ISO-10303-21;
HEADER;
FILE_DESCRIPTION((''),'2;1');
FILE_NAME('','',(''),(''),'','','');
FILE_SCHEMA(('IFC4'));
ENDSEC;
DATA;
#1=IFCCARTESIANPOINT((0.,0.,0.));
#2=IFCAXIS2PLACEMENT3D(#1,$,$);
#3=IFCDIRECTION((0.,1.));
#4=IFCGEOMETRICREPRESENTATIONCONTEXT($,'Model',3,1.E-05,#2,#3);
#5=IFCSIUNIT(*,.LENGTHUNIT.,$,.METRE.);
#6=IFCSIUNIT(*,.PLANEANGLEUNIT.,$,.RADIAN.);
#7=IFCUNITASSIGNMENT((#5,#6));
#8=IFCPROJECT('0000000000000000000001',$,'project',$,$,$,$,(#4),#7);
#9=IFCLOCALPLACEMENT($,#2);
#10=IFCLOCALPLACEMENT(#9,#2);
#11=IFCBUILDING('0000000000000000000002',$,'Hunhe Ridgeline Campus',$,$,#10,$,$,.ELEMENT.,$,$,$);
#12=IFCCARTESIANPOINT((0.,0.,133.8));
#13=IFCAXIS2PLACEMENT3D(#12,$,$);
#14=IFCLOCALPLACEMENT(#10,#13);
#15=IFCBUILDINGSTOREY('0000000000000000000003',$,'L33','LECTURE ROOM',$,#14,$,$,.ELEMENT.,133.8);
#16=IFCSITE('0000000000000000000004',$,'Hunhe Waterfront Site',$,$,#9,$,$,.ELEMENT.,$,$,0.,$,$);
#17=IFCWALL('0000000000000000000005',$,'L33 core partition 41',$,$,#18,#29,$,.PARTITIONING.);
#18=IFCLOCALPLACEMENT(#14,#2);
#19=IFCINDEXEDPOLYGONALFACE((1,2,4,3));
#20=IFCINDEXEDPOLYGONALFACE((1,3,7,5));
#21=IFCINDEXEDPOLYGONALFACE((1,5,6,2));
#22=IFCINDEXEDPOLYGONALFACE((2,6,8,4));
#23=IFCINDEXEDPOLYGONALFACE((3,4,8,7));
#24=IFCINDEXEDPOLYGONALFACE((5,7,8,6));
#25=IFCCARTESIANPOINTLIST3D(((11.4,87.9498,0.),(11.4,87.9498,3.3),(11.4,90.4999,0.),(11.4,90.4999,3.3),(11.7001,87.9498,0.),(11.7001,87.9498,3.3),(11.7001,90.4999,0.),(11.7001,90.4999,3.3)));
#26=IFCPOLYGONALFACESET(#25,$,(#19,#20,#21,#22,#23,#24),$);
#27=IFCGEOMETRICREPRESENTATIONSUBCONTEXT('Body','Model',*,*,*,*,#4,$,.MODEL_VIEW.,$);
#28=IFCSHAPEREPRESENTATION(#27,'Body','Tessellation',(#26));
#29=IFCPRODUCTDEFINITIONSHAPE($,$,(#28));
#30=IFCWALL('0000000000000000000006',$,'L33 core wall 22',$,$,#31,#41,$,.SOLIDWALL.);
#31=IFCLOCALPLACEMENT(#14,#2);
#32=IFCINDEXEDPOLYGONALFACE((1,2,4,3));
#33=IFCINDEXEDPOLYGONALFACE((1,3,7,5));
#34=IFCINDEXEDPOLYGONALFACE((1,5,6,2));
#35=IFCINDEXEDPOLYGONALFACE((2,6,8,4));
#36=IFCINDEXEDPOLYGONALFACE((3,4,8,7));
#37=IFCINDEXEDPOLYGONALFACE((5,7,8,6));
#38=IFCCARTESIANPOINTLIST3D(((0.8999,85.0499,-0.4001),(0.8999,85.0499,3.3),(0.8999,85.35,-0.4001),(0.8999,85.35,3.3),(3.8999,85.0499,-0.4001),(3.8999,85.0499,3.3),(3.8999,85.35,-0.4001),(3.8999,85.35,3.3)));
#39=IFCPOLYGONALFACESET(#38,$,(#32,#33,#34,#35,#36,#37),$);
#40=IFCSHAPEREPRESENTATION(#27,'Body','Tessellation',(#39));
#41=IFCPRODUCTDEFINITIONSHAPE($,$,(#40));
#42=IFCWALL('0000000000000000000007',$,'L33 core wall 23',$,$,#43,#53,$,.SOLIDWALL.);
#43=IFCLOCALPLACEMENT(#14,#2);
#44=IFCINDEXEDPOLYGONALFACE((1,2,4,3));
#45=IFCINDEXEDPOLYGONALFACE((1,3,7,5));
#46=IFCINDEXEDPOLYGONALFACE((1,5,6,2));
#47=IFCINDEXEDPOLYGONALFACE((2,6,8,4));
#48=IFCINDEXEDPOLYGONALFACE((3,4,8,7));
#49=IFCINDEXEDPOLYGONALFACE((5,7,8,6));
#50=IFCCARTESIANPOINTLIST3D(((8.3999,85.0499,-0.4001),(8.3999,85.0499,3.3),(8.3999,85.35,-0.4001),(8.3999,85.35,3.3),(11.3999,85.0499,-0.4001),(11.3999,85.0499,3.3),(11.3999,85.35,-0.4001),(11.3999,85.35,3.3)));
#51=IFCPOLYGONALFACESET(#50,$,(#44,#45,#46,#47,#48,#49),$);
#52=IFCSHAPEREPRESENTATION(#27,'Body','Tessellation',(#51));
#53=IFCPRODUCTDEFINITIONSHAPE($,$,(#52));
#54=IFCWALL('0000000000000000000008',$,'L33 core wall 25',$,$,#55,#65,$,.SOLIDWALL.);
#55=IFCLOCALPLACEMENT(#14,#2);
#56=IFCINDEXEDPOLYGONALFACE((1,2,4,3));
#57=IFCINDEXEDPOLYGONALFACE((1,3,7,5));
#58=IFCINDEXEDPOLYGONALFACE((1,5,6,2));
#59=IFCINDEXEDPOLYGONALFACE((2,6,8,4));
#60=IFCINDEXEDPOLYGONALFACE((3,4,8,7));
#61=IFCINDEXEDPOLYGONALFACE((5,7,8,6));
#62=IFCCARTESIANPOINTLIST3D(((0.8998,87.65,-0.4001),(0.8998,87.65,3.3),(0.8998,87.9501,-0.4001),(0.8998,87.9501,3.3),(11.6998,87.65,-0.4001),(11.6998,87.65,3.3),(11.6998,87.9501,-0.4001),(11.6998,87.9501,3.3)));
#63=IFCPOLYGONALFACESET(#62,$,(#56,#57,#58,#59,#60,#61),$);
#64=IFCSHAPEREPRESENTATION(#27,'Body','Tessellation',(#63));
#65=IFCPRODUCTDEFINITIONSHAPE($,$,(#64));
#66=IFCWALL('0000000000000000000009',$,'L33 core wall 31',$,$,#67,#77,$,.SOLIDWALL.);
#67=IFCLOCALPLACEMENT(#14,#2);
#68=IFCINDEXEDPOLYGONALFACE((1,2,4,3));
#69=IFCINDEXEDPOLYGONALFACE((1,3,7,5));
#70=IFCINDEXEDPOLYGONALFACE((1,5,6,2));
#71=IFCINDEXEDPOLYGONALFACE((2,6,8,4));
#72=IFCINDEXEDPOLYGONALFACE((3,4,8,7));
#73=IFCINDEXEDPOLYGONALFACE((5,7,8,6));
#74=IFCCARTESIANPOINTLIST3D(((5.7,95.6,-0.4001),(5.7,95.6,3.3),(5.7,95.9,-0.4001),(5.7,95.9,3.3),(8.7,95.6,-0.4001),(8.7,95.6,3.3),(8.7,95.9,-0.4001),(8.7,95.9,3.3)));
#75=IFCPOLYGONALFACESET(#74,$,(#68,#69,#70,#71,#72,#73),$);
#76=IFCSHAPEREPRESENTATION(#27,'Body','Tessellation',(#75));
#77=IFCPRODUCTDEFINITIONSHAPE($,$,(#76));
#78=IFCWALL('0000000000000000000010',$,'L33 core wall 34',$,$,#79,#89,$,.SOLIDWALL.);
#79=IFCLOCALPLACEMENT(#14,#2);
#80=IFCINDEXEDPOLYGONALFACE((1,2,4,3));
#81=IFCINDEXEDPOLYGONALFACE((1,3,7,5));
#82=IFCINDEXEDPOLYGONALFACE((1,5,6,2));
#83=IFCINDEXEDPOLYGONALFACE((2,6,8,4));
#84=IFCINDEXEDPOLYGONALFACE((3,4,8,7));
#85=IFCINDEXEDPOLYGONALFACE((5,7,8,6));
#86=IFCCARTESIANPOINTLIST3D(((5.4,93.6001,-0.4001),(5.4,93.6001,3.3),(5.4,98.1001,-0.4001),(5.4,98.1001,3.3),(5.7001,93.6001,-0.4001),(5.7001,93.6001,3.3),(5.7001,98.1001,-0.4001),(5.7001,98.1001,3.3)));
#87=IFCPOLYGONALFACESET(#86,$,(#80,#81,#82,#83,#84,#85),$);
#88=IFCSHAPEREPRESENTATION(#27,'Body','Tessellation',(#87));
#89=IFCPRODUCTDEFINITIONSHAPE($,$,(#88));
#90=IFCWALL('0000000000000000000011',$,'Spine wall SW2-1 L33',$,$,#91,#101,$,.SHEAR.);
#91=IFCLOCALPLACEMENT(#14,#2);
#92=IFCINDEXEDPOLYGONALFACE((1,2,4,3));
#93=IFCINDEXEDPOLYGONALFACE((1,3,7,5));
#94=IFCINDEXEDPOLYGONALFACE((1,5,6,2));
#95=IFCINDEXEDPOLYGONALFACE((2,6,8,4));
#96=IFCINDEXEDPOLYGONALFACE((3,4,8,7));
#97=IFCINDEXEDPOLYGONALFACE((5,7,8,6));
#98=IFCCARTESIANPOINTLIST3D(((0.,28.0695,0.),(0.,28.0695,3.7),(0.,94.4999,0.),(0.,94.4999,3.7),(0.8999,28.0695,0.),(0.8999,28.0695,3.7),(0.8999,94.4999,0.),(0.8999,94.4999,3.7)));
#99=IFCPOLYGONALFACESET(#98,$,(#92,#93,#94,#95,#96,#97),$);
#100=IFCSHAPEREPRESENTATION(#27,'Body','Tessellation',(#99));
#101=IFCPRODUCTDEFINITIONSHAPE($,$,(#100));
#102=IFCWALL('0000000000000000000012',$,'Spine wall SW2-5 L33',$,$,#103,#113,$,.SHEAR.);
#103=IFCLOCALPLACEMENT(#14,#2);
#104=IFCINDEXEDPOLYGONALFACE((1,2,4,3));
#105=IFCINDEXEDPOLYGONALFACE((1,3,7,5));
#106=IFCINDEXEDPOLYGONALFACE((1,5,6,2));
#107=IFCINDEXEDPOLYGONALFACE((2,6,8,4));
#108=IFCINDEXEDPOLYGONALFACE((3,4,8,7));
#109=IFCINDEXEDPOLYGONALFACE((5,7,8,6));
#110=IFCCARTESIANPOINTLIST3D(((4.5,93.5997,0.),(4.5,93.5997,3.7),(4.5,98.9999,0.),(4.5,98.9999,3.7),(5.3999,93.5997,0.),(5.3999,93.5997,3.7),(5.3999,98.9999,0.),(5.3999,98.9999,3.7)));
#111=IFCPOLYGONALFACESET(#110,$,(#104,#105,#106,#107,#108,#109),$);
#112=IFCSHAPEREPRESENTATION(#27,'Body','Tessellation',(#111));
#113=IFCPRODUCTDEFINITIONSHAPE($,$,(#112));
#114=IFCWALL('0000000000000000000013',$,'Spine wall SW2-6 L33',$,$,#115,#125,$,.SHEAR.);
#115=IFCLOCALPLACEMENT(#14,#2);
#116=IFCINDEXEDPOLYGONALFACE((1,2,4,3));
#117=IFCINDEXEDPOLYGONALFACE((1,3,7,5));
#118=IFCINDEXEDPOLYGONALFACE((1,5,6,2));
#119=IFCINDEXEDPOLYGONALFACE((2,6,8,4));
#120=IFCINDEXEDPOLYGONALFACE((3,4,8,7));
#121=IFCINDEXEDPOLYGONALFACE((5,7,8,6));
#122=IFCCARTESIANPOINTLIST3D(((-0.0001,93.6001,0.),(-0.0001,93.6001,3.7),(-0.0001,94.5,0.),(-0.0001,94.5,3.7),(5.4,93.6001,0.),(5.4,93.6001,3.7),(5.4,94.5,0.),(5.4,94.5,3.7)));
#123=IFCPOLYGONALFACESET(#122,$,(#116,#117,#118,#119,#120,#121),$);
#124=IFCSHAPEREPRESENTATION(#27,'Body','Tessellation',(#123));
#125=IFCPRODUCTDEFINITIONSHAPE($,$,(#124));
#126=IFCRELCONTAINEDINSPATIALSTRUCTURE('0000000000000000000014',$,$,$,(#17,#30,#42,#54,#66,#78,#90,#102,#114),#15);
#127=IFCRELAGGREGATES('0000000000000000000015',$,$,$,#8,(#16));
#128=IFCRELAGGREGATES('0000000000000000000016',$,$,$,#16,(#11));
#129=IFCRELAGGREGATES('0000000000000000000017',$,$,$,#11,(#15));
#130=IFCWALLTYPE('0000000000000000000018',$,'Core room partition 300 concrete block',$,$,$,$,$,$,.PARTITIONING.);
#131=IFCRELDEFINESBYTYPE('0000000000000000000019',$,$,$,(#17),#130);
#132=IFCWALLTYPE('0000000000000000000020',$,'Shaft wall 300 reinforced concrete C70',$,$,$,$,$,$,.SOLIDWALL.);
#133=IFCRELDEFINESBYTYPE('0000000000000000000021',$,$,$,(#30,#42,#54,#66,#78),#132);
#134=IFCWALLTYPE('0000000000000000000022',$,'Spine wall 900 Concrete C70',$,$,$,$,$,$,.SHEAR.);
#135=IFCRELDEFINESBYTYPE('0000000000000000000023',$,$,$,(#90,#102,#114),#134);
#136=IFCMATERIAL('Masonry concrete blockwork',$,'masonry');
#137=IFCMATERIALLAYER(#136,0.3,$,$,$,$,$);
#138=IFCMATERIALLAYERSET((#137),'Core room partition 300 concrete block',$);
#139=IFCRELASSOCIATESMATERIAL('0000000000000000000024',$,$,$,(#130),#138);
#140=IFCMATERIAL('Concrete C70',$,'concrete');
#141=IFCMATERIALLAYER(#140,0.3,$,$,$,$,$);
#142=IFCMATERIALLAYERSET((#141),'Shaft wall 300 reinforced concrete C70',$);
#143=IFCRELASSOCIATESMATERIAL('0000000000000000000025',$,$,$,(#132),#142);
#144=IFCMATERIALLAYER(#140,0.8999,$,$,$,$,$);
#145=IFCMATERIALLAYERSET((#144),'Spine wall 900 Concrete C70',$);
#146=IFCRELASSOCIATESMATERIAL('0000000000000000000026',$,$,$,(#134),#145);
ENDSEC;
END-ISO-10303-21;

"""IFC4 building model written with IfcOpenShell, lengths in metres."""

from ifc_helpers import new_model, si_unit, direction, frame, frame_2d, origin, place, context, subcontext, project, spatial, rectangle, extrude, material, layer, layer_set, type_object, element, save


model = new_model("IFC4")

# Units and contexts
model_context = context("Model", 3, precision=1e-05, world=origin(), true_north=direction((0.0, 1.0)))
body_context = subcontext(model_context, "Body", "Model", "MODEL_VIEW")
ifc_project = project(units=[si_unit("LENGTHUNIT", "METRE"), si_unit("PLANEANGLEUNIT", "RADIAN")], contexts=[model_context])

# Site, building, storey
site_placement = place(None, origin())
site = spatial("IfcSite", under=ifc_project, at=site_placement, Name="Hunhe Waterfront Site", CompositionType="ELEMENT", RefElevation=0.0)
building_placement = place(site_placement, origin())
building = spatial("IfcBuilding", under=site, at=building_placement, Name="Hunhe Ridgeline Campus", CompositionType="ELEMENT")
storey_placement = place(building_placement, frame((0.0, 0.0, 133.8)))
storey = spatial("IfcBuildingStorey", under=building, at=storey_placement, Name="L33", Description="LECTURE ROOM", CompositionType="ELEMENT", Elevation=133.8)

# Wall
ifc_material_1 = material(Name="Masonry concrete blockwork", Category="masonry")
ifc_layer_1 = layer(ifc_material_1, 0.3)
ifc_layer_set_1 = layer_set([ifc_layer_1], Name="Core room partition 300 concrete block")
wall_type_1 = type_object("IfcWallType", Name="Core room partition 300 concrete block", PredefinedType="PARTITIONING", material=ifc_layer_set_1)
wall_1_placement = place(storey_placement, frame((11.55, 87.95, 0.0), z_axis=(0.0, 0.0, 1.0), x_axis=(0.0, 1.0, 0.0)))
element("IfcWall", 1, at=wall_1_placement, inside=storey, type_object=wall_type_1, Name="L33 core partition 41", PredefinedType="PARTITIONING", context=body_context, shape_type="SweptSolid", body=[
    extrude(rectangle(XDim=2.55, YDim=0.3, at=frame_2d((1.2749, 0.0))), origin(), (0.0, 0.0, 1.0), 3.3),
])

# Shared definitions
ifc_material_2 = material(Name="Concrete C70", Category="concrete")

# Walls
ifc_layer_2 = layer(ifc_material_2, 0.3)
ifc_layer_set_2 = layer_set([ifc_layer_2], Name="Shaft wall 300 reinforced concrete C70")
wall_type_2 = type_object("IfcWallType", Name="Shaft wall 300 reinforced concrete C70", PredefinedType="SOLIDWALL", material=ifc_layer_set_2)
for number, where, z_axis, x_axis, name in (
    (2, (0.8999, 85.2, -0.4001), (0.0, 0.0, 1.0), (1.0, 0.0, 0.0), "L33 core wall 22"),
    (3, (8.3999, 85.2, -0.4001), (0.0, 0.0, 1.0), (1.0, 0.0, 0.0), "L33 core wall 23"),
):
    element("IfcWall", number, at=place(storey_placement, frame(where, z_axis=z_axis, x_axis=x_axis)), inside=storey, type_object=wall_type_2, Name=name, PredefinedType="SOLIDWALL", context=body_context, shape_type="SweptSolid", body=[
        extrude(rectangle(XDim=3.0, YDim=0.3, at=frame_2d((1.5, 0.0))), origin(), (0.0, 0.0, 1.0), 3.7002),
    ])
wall_2_placement = place(storey_placement, frame((0.8999, 87.8, -0.4001), z_axis=(0.0, 0.0, 1.0), x_axis=(1.0, 0.0, 0.0)))
element("IfcWall", 4, at=wall_2_placement, inside=storey, type_object=wall_type_2, Name="L33 core wall 25", PredefinedType="SOLIDWALL", context=body_context, shape_type="SweptSolid", body=[
    extrude(rectangle(XDim=10.8, YDim=0.3, at=frame_2d((5.3999, 0.0))), origin(), (0.0, 0.0, 1.0), 3.7002),
])

# Walls
wall_3_placement = place(storey_placement, frame((5.7, 95.75, -0.4001), z_axis=(0.0, 0.0, 1.0), x_axis=(1.0, 0.0, 0.0)))
element("IfcWall", 5, at=wall_3_placement, inside=storey, type_object=wall_type_2, Name="L33 core wall 31", PredefinedType="SOLIDWALL", context=body_context, shape_type="SweptSolid", body=[
    extrude(rectangle(XDim=3.0, YDim=0.3, at=frame_2d((1.5, 0.0))), origin(), (0.0, 0.0, 1.0), 3.7002),
])
wall_4_placement = place(storey_placement, frame((5.55, 93.6001, -0.4001), z_axis=(0.0, 0.0, 1.0), x_axis=(0.0, 1.0, 0.0)))
element("IfcWall", 6, at=wall_4_placement, inside=storey, type_object=wall_type_2, Name="L33 core wall 34", PredefinedType="SOLIDWALL", context=body_context, shape_type="SweptSolid", body=[
    extrude(rectangle(XDim=4.5, YDim=0.3, at=frame_2d((2.25, 0.0))), origin(), (0.0, 0.0, 1.0), 3.7002),
])

# Walls
ifc_layer_3 = layer(ifc_material_2, 0.8999)
ifc_layer_set_3 = layer_set([ifc_layer_3], Name="Spine wall 900 Concrete C70")
wall_type_3 = type_object("IfcWallType", Name="Spine wall 900 Concrete C70", PredefinedType="SHEAR", material=ifc_layer_set_3)
wall_5_placement = place(storey_placement, frame((0.45, 94.5, 0.0), z_axis=(0.0, 0.0, 1.0), x_axis=(0.0, -1.0, 0.0)))
element("IfcWall", 7, at=wall_5_placement, inside=storey, type_object=wall_type_3, Name="Spine wall SW2-1 L33", PredefinedType="SHEAR", context=body_context, shape_type="SweptSolid", body=[
    extrude(rectangle(XDim=66.4304, YDim=0.8999, at=frame_2d((33.2153, 0.0))), origin(), (0.0, 0.0, 1.0), 3.7),
])
for number, where, z_axis, x_axis, name in (
    (8, (4.95, 99.0, 0.0), (0.0, 0.0, 1.0), (0.0, -1.0, 0.0), "Spine wall SW2-5 L33"),
    (9, (5.4001, 94.05, 0.0), (0.0, 0.0, 1.0), (-1.0, 0.0, 0.0), "Spine wall SW2-6 L33"),
):
    element("IfcWall", number, at=place(storey_placement, frame(where, z_axis=z_axis, x_axis=x_axis)), inside=storey, type_object=wall_type_3, Name=name, PredefinedType="SHEAR", context=body_context, shape_type="SweptSolid", body=[
        extrude(rectangle(XDim=5.4001, YDim=0.8999, at=frame_2d((2.7002, 0.0))), origin(), (0.0, 0.0, 1.0), 3.7),
    ])

save(model, "model.ifc")
